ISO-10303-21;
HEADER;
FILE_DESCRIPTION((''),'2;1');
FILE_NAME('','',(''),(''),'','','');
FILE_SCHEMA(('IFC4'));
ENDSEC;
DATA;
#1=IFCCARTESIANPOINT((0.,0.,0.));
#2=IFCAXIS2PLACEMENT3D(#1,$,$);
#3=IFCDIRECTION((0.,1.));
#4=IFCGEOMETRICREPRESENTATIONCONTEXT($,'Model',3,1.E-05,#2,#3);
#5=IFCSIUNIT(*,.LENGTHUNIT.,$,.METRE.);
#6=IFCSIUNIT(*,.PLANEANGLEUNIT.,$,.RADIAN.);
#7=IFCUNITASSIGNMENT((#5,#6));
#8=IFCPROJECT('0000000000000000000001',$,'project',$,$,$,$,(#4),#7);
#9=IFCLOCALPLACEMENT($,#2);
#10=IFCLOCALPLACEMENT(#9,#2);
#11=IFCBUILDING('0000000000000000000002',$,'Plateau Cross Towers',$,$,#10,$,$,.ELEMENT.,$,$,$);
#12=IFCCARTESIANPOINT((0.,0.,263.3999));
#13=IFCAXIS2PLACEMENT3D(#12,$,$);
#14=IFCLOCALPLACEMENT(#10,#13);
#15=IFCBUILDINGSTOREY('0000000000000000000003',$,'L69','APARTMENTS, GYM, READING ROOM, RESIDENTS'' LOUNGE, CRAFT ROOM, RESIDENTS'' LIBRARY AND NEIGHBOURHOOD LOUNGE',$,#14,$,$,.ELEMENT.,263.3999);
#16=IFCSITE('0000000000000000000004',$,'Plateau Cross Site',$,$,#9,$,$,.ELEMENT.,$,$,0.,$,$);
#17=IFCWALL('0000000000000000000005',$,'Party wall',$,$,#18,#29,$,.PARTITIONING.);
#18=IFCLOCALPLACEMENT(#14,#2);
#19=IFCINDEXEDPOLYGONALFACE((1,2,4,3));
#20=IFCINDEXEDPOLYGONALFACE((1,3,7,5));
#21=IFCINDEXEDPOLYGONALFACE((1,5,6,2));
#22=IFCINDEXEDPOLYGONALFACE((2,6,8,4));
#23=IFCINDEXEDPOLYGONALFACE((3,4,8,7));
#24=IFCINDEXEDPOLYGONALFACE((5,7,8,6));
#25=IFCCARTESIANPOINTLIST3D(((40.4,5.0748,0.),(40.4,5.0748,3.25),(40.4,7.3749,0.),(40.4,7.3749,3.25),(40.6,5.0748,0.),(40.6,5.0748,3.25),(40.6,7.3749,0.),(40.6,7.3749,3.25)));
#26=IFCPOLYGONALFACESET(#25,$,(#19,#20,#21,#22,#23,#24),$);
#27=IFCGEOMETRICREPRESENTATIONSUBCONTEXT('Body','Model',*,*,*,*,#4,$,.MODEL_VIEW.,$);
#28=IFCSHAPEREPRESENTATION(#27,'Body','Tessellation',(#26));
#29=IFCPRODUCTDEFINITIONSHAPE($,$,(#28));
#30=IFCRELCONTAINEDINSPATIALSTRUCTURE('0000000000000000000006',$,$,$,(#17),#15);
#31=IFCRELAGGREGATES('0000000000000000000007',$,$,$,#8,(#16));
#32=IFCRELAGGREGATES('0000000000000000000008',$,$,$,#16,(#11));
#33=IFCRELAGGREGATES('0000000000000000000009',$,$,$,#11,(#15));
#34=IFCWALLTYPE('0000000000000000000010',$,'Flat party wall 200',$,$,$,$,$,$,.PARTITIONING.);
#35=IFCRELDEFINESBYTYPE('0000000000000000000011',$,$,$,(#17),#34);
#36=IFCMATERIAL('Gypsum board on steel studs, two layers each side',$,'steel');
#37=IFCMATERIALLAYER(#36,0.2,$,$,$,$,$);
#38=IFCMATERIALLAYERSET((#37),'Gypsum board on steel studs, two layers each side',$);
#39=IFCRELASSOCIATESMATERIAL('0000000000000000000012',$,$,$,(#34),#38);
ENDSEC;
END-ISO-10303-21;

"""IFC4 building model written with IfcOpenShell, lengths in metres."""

from ifc_helpers import new_model, si_unit, direction, frame, frame_2d, origin, place, context, subcontext, project, spatial, rectangle, extrude, material, layer, layer_set, type_object, element, save


model = new_model("IFC4")

# Units and contexts
model_context = context("Model", 3, precision=1e-05, world=origin(), true_north=direction((0.0, 1.0)))
body_context = subcontext(model_context, "Body", "Model", "MODEL_VIEW")
ifc_project = project(units=[si_unit("LENGTHUNIT", "METRE"), si_unit("PLANEANGLEUNIT", "RADIAN")], contexts=[model_context])

# Site, building, storey
site_placement = place(None, origin())
site = spatial("IfcSite", under=ifc_project, at=site_placement, Name="Plateau Cross Site", CompositionType="ELEMENT", RefElevation=0.0)
building_placement = place(site_placement, origin())
building = spatial("IfcBuilding", under=site, at=building_placement, Name="Plateau Cross Towers", CompositionType="ELEMENT")
storey_placement = place(building_placement, frame((0.0, 0.0, 263.3999)))
storey = spatial("IfcBuildingStorey", under=building, at=storey_placement, Name="L69", Description="APARTMENTS, GYM, READING ROOM, RESIDENTS' LOUNGE, CRAFT ROOM, RESIDENTS' LIBRARY AND NEIGHBOURHOOD LOUNGE", CompositionType="ELEMENT", Elevation=263.3999)

# Wall
ifc_material_1 = material(Name="Gypsum board on steel studs, two layers each side", Category="steel")
ifc_layer_1 = layer(ifc_material_1, 0.2)
ifc_layer_set_1 = layer_set([ifc_layer_1], Name="Gypsum board on steel studs, two layers each side")
wall_type_1 = type_object("IfcWallType", Name="Flat party wall 200", PredefinedType="PARTITIONING", material=ifc_layer_set_1)
wall_1_placement = place(storey_placement, frame((40.5, 5.075, 0.0), z_axis=(0.0, 0.0, 1.0), x_axis=(0.0, 1.0, 0.0)))
element("IfcWall", 1, at=wall_1_placement, inside=storey, type_object=wall_type_1, Name="Party wall", PredefinedType="PARTITIONING", context=body_context, shape_type="SweptSolid", body=[
    extrude(rectangle(XDim=2.3, YDim=0.2, at=frame_2d((1.1499, 0.0))), origin(), (0.0, 0.0, 1.0), 3.25),
])

save(model, "model.ifc")
